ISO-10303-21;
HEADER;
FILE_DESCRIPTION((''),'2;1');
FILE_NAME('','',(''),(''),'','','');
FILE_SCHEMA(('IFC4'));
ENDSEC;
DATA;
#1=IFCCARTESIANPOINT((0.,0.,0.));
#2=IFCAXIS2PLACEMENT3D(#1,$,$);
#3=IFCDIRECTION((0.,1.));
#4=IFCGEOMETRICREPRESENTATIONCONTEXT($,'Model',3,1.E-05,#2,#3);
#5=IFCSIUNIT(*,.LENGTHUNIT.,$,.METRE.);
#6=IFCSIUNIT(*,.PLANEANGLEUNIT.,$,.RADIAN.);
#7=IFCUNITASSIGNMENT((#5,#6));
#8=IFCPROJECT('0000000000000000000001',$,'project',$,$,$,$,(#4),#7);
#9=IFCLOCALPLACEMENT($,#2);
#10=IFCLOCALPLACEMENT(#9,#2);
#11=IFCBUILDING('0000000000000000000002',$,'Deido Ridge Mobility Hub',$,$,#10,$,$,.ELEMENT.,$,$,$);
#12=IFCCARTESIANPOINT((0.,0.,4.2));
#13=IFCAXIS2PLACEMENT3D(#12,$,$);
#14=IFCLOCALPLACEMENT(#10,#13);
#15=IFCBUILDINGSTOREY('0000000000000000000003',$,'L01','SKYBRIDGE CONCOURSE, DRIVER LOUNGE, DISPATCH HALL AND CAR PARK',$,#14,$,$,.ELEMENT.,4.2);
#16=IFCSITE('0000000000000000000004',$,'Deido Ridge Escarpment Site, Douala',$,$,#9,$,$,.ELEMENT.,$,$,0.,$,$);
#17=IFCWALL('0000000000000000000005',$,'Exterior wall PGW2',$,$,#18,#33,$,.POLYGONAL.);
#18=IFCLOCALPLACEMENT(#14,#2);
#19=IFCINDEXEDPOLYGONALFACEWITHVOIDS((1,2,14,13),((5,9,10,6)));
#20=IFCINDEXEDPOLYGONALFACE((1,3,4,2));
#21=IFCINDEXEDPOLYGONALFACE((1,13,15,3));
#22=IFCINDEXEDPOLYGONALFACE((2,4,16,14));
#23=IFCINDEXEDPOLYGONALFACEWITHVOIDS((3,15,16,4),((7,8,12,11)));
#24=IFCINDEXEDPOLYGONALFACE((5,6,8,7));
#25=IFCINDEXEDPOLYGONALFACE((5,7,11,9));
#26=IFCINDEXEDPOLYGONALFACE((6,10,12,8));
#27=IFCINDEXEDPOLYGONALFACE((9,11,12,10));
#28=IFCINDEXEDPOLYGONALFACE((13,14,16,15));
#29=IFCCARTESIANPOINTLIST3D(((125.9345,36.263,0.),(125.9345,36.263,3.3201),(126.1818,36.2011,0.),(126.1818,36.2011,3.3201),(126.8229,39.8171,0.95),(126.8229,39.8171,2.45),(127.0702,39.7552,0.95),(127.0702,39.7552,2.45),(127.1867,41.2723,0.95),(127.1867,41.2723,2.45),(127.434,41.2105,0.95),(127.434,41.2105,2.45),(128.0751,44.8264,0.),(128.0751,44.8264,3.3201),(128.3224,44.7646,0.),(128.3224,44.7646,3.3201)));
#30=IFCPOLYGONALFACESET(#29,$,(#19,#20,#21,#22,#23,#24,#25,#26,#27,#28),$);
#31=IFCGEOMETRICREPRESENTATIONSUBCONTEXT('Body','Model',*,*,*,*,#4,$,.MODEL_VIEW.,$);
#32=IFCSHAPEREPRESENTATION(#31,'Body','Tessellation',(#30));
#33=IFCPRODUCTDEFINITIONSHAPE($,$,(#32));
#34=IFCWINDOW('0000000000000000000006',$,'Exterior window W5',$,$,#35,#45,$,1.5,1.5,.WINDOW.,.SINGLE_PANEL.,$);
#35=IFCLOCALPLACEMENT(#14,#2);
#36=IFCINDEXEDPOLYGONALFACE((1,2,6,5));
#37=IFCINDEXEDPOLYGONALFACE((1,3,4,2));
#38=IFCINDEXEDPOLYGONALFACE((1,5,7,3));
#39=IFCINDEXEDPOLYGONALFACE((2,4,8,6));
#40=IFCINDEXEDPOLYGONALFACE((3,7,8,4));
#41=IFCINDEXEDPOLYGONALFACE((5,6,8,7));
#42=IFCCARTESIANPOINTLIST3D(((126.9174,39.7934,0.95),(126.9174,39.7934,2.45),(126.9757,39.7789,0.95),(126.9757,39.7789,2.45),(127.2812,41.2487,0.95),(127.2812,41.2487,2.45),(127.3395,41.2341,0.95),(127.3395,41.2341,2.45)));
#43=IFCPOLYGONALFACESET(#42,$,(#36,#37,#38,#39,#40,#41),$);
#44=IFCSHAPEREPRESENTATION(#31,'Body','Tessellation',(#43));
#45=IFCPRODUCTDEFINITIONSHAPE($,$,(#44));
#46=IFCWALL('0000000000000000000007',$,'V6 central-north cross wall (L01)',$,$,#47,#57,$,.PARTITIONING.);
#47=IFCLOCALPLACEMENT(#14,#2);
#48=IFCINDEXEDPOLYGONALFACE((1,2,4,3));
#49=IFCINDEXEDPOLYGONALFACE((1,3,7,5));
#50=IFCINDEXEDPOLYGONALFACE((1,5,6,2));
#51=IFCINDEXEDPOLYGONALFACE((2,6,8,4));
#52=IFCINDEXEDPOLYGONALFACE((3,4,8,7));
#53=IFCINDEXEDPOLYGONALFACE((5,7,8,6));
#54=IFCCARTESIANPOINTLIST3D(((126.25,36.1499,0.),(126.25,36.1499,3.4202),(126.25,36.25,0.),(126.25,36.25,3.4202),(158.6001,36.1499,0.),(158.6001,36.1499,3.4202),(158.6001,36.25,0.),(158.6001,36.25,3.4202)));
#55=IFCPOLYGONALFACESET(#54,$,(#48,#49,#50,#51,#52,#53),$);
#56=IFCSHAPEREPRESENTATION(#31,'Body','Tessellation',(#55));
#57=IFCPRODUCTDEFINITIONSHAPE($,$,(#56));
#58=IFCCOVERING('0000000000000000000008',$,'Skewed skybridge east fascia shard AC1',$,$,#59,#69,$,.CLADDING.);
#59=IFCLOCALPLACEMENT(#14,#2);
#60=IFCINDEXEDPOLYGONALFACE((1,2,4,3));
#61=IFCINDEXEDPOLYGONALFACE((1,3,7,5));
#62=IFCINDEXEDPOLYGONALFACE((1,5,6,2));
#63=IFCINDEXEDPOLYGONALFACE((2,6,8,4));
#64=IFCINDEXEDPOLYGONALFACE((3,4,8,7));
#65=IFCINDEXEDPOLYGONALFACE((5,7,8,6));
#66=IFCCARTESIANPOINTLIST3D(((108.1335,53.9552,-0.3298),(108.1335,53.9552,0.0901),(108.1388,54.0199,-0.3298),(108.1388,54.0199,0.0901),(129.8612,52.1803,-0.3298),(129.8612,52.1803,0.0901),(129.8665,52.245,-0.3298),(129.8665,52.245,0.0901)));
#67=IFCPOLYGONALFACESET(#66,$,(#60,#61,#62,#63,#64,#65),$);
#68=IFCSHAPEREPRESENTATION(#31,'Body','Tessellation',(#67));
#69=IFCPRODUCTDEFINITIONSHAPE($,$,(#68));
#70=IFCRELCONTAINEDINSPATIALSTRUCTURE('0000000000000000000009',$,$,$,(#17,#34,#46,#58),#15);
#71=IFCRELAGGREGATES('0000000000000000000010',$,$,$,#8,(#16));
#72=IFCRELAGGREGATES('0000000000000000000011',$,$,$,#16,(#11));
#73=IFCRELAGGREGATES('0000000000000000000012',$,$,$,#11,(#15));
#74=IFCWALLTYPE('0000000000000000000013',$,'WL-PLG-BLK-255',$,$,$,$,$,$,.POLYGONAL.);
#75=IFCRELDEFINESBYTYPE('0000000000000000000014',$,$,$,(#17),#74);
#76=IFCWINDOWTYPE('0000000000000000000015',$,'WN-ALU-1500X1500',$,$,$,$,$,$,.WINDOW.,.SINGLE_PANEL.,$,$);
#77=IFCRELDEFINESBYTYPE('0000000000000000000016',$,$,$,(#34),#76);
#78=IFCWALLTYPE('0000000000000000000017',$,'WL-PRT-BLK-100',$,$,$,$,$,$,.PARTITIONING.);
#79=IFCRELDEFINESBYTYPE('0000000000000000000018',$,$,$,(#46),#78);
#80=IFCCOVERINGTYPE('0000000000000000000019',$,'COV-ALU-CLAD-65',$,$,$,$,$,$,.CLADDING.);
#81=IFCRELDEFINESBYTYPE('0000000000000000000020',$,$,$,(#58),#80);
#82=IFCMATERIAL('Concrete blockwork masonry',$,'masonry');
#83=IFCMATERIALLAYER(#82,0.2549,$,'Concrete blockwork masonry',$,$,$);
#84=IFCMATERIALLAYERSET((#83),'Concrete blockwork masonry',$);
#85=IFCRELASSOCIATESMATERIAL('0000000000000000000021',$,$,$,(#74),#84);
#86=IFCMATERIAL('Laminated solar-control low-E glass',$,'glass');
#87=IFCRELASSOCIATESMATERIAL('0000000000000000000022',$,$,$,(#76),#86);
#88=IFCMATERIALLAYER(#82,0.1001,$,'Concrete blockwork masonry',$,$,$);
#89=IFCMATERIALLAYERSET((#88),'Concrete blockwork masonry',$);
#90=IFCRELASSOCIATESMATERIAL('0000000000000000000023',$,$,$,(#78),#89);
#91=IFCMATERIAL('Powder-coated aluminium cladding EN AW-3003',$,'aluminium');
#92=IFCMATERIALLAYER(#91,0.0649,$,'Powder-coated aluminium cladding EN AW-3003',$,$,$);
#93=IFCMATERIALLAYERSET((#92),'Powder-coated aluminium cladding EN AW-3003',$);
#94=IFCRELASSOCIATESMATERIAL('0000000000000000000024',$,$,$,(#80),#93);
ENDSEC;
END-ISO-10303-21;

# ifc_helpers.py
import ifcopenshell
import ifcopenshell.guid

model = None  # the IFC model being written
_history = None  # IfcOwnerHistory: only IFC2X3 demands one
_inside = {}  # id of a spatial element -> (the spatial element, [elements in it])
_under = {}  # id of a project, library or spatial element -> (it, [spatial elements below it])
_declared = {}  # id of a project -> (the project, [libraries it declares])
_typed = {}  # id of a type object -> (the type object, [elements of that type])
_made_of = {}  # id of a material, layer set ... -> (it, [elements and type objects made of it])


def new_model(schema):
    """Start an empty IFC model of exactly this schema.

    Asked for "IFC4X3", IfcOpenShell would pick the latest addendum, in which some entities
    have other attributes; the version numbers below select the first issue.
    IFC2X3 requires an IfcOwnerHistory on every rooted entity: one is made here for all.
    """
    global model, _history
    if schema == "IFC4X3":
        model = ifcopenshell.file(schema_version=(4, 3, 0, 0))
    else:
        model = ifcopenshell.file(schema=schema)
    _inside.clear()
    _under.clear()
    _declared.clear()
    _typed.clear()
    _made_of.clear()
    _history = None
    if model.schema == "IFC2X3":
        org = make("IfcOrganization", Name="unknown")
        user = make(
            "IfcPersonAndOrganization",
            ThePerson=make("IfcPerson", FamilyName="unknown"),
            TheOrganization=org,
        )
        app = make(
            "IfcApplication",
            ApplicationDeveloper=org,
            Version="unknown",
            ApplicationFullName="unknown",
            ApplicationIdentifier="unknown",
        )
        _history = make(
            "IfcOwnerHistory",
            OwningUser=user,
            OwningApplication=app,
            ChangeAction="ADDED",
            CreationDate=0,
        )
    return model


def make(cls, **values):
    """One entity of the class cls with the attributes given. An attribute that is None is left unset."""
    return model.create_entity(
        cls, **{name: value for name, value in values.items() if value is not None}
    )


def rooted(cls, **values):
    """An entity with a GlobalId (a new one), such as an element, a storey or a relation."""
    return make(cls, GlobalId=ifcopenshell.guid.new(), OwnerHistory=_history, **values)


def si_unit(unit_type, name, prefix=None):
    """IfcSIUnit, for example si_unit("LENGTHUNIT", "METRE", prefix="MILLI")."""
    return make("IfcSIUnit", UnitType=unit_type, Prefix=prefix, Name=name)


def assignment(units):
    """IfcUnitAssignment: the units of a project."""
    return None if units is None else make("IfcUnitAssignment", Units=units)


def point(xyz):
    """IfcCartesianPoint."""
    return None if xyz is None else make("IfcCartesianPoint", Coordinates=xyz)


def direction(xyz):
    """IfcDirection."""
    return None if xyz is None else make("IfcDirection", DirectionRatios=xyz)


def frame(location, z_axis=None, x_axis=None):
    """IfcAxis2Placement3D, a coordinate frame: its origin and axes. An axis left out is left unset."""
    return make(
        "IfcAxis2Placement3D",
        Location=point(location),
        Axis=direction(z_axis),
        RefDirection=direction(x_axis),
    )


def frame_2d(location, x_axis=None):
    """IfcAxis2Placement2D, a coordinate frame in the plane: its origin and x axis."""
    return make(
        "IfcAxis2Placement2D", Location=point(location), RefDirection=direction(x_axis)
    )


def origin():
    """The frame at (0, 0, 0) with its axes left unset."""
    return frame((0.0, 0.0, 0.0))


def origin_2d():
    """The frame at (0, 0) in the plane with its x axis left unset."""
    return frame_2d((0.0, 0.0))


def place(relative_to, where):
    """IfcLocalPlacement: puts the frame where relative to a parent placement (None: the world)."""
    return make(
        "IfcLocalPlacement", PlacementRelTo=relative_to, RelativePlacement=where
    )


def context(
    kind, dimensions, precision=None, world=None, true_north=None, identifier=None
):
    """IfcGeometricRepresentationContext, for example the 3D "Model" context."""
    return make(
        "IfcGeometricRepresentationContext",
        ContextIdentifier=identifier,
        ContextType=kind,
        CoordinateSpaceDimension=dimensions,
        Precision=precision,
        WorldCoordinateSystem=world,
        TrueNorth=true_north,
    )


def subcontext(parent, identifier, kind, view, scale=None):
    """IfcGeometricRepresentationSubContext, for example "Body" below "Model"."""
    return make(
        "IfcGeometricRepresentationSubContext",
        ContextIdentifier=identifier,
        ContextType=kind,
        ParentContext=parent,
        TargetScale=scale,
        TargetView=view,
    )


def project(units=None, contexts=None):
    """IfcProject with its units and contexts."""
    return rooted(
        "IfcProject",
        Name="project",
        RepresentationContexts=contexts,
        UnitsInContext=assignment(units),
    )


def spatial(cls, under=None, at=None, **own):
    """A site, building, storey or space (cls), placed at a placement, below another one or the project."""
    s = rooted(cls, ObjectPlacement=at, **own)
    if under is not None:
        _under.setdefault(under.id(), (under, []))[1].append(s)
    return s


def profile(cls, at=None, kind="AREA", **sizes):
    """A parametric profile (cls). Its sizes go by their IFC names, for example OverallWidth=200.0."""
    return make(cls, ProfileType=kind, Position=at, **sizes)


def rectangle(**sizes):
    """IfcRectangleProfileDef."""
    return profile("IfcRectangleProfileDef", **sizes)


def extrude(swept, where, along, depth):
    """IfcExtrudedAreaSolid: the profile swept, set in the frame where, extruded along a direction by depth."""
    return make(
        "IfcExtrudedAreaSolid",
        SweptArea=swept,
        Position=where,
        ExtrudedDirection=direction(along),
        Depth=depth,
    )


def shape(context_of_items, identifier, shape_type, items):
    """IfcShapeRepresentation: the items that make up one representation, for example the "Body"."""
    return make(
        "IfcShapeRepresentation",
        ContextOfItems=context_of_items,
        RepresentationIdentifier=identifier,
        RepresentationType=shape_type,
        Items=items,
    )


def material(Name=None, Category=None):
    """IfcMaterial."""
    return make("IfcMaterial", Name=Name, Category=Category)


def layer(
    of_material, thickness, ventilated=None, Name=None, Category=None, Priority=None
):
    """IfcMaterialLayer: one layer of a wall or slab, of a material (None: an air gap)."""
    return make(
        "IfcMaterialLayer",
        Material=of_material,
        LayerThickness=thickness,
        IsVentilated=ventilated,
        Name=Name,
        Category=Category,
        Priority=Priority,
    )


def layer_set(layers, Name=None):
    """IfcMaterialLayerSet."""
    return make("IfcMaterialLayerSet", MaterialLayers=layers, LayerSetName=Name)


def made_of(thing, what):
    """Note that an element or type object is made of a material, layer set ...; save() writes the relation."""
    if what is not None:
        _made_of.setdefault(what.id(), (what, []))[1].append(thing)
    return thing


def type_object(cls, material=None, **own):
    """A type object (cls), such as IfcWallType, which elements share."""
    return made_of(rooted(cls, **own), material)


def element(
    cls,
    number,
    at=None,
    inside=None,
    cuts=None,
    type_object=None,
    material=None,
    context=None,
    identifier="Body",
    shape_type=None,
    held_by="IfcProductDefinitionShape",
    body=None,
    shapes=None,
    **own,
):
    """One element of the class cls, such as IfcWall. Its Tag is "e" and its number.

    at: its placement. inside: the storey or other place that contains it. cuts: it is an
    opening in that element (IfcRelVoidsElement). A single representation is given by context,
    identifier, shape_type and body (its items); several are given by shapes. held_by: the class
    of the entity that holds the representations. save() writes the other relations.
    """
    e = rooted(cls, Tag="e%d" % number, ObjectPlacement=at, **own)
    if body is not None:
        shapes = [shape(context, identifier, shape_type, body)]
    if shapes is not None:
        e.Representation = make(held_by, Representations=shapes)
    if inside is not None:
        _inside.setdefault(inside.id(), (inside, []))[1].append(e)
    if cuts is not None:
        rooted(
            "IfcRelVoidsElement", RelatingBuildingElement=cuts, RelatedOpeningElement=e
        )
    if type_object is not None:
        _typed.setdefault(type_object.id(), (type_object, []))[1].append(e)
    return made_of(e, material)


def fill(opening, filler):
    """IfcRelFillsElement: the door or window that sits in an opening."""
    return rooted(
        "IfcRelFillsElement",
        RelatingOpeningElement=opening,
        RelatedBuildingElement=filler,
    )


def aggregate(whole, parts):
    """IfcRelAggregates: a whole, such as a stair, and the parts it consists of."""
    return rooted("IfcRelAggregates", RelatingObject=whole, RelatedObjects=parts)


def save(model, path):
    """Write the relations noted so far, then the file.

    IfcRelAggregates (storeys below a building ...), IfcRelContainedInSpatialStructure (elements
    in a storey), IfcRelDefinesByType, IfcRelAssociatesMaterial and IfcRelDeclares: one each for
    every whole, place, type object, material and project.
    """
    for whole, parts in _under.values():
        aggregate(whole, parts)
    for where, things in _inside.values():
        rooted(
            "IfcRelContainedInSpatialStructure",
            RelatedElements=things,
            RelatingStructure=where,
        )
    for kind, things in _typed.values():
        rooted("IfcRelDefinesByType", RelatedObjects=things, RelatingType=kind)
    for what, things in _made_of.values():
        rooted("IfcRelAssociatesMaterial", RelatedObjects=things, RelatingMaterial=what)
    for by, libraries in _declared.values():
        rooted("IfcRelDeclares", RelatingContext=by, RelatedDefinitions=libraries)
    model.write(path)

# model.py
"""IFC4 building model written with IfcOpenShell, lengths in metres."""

from ifc_helpers import new_model, si_unit, direction, frame, frame_2d, origin, origin_2d, place, context, subcontext, project, spatial, rectangle, extrude, material, layer, layer_set, type_object, element, fill, save


model = new_model("IFC4")

# Units and contexts
model_context = context("Model", 3, precision=1e-05, world=origin(), true_north=direction((0.0, 1.0)))
body_context = subcontext(model_context, "Body", "Model", "MODEL_VIEW")
ifc_project = project(units=[si_unit("LENGTHUNIT", "METRE"), si_unit("PLANEANGLEUNIT", "RADIAN")], contexts=[model_context])

# Site, building, storey
site_placement = place(None, origin())
site = spatial("IfcSite", under=ifc_project, at=site_placement, Name="Deido Ridge Escarpment Site, Douala", CompositionType="ELEMENT", RefElevation=0.0)
building_placement = place(site_placement, origin())
building = spatial("IfcBuilding", under=site, at=building_placement, Name="Deido Ridge Mobility Hub", CompositionType="ELEMENT")
storey_placement = place(building_placement, frame((0.0, 0.0, 4.2)))
storey = spatial("IfcBuildingStorey", under=building, at=storey_placement, Name="L01", Description="SKYBRIDGE CONCOURSE, DRIVER LOUNGE, DISPATCH HALL AND CAR PARK", CompositionType="ELEMENT", Elevation=4.2)

# Wall, opening, window
ifc_material_1 = material(Name="Concrete blockwork masonry", Category="masonry")
ifc_layer_1 = layer(ifc_material_1, 0.2549, Name="Concrete blockwork masonry")
ifc_layer_set_1 = layer_set([ifc_layer_1], Name="Concrete blockwork masonry")
wall_type_1 = type_object("IfcWallType", Name="WL-PLG-BLK-255", PredefinedType="POLYGONAL", material=ifc_layer_set_1)
wall_1_placement = place(storey_placement, frame((126.0581, 36.2319, 0.0), z_axis=(0.0, 0.0, 1.0), x_axis=(0.24251, 0.970149, 0.0)))
wall_1 = element("IfcWall", 1, at=wall_1_placement, inside=storey, type_object=wall_type_1, Name="Exterior wall PGW2", PredefinedType="POLYGONAL", context=body_context, shape_type="SweptSolid", body=[
    extrude(rectangle(XDim=8.8269, YDim=0.2549, at=frame_2d((4.4136, 0.0))), origin(), (0.0, 0.0, 1.0), 3.3201),
])
opening_placement = place(wall_1_placement, frame((3.6636, 0.0, 0.95)))
opening = element("IfcOpeningElement", 2, at=opening_placement, cuts=wall_1, PredefinedType="OPENING", context=body_context, shape_type="SweptSolid", body=[
    extrude(rectangle(XDim=1.5, YDim=1.5, at=frame_2d((0.75, 0.75))), frame((0.0, 0.1375, 0.0), z_axis=(0.0, -1.0, 0.0), x_axis=(1.0, 0.0, 0.0)), (0.0, 0.0, 1.0), 0.2749),
])
ifc_material_2 = material(Name="Laminated solar-control low-E glass", Category="glass")
window_type = type_object("IfcWindowType", Name="WN-ALU-1500X1500", PartitioningType="SINGLE_PANEL", PredefinedType="WINDOW", material=ifc_material_2)
window_placement = place(opening_placement, origin())
window = element("IfcWindow", 3, at=window_placement, inside=storey, type_object=window_type, Name="Exterior window W5", OverallHeight=1.5, OverallWidth=1.5, PartitioningType="SINGLE_PANEL", PredefinedType="WINDOW", context=body_context, shape_type="SweptSolid", body=[
    extrude(rectangle(XDim=1.5, YDim=1.5, at=frame_2d((0.75, 0.75))), frame((0.0, 0.03, 0.0), z_axis=(0.0, -1.0, 0.0), x_axis=(1.0, 0.0, 0.0)), (0.0, 0.0, 1.0), 0.0601),
])
fill(opening, window)

# Wall
ifc_layer_2 = layer(ifc_material_1, 0.1001, Name="Concrete blockwork masonry")
ifc_layer_set_2 = layer_set([ifc_layer_2], Name="Concrete blockwork masonry")
wall_type_2 = type_object("IfcWallType", Name="WL-PRT-BLK-100", PredefinedType="PARTITIONING", material=ifc_layer_set_2)
wall_2_placement = place(storey_placement, frame((126.25, 36.2, 0.0), z_axis=(0.0, 0.0, 1.0), x_axis=(1.0, 0.0, 0.0)))
element("IfcWall", 4, at=wall_2_placement, inside=storey, type_object=wall_type_2, Name="V6 central-north cross wall (L01)", PredefinedType="PARTITIONING", context=body_context, shape_type="SweptSolid", body=[
    extrude(rectangle(XDim=32.3501, YDim=0.1001, at=frame_2d((16.175, 0.0))), origin(), (0.0, 0.0, 1.0), 3.4202),
])

# Covering
ifc_material_3 = material(Name="Powder-coated aluminium cladding EN AW-3003", Category="aluminium")
ifc_layer_3 = layer(ifc_material_3, 0.0649, Name="Powder-coated aluminium cladding EN AW-3003")
ifc_layer_set_3 = layer_set([ifc_layer_3], Name="Powder-coated aluminium cladding EN AW-3003")
covering_type = type_object("IfcCoveringType", Name="COV-ALU-CLAD-65", PredefinedType="CLADDING", material=ifc_layer_set_3)
covering_placement = place(storey_placement, frame((119.0, 53.1001, -0.3298), z_axis=(0.0, 0.0, 1.0), x_axis=(0.99668, -0.081417, 0.0)))
element("IfcCovering", 5, at=covering_placement, inside=storey, type_object=covering_type, Name="Skewed skybridge east fascia shard AC1", PredefinedType="CLADDING", context=body_context, shape_type="SweptSolid", body=[
    extrude(rectangle(XDim=21.8, YDim=0.0649, at=origin_2d()), origin(), (0.0, 0.0, 1.0), 0.4199),
])

save(model, "model.ifc")
